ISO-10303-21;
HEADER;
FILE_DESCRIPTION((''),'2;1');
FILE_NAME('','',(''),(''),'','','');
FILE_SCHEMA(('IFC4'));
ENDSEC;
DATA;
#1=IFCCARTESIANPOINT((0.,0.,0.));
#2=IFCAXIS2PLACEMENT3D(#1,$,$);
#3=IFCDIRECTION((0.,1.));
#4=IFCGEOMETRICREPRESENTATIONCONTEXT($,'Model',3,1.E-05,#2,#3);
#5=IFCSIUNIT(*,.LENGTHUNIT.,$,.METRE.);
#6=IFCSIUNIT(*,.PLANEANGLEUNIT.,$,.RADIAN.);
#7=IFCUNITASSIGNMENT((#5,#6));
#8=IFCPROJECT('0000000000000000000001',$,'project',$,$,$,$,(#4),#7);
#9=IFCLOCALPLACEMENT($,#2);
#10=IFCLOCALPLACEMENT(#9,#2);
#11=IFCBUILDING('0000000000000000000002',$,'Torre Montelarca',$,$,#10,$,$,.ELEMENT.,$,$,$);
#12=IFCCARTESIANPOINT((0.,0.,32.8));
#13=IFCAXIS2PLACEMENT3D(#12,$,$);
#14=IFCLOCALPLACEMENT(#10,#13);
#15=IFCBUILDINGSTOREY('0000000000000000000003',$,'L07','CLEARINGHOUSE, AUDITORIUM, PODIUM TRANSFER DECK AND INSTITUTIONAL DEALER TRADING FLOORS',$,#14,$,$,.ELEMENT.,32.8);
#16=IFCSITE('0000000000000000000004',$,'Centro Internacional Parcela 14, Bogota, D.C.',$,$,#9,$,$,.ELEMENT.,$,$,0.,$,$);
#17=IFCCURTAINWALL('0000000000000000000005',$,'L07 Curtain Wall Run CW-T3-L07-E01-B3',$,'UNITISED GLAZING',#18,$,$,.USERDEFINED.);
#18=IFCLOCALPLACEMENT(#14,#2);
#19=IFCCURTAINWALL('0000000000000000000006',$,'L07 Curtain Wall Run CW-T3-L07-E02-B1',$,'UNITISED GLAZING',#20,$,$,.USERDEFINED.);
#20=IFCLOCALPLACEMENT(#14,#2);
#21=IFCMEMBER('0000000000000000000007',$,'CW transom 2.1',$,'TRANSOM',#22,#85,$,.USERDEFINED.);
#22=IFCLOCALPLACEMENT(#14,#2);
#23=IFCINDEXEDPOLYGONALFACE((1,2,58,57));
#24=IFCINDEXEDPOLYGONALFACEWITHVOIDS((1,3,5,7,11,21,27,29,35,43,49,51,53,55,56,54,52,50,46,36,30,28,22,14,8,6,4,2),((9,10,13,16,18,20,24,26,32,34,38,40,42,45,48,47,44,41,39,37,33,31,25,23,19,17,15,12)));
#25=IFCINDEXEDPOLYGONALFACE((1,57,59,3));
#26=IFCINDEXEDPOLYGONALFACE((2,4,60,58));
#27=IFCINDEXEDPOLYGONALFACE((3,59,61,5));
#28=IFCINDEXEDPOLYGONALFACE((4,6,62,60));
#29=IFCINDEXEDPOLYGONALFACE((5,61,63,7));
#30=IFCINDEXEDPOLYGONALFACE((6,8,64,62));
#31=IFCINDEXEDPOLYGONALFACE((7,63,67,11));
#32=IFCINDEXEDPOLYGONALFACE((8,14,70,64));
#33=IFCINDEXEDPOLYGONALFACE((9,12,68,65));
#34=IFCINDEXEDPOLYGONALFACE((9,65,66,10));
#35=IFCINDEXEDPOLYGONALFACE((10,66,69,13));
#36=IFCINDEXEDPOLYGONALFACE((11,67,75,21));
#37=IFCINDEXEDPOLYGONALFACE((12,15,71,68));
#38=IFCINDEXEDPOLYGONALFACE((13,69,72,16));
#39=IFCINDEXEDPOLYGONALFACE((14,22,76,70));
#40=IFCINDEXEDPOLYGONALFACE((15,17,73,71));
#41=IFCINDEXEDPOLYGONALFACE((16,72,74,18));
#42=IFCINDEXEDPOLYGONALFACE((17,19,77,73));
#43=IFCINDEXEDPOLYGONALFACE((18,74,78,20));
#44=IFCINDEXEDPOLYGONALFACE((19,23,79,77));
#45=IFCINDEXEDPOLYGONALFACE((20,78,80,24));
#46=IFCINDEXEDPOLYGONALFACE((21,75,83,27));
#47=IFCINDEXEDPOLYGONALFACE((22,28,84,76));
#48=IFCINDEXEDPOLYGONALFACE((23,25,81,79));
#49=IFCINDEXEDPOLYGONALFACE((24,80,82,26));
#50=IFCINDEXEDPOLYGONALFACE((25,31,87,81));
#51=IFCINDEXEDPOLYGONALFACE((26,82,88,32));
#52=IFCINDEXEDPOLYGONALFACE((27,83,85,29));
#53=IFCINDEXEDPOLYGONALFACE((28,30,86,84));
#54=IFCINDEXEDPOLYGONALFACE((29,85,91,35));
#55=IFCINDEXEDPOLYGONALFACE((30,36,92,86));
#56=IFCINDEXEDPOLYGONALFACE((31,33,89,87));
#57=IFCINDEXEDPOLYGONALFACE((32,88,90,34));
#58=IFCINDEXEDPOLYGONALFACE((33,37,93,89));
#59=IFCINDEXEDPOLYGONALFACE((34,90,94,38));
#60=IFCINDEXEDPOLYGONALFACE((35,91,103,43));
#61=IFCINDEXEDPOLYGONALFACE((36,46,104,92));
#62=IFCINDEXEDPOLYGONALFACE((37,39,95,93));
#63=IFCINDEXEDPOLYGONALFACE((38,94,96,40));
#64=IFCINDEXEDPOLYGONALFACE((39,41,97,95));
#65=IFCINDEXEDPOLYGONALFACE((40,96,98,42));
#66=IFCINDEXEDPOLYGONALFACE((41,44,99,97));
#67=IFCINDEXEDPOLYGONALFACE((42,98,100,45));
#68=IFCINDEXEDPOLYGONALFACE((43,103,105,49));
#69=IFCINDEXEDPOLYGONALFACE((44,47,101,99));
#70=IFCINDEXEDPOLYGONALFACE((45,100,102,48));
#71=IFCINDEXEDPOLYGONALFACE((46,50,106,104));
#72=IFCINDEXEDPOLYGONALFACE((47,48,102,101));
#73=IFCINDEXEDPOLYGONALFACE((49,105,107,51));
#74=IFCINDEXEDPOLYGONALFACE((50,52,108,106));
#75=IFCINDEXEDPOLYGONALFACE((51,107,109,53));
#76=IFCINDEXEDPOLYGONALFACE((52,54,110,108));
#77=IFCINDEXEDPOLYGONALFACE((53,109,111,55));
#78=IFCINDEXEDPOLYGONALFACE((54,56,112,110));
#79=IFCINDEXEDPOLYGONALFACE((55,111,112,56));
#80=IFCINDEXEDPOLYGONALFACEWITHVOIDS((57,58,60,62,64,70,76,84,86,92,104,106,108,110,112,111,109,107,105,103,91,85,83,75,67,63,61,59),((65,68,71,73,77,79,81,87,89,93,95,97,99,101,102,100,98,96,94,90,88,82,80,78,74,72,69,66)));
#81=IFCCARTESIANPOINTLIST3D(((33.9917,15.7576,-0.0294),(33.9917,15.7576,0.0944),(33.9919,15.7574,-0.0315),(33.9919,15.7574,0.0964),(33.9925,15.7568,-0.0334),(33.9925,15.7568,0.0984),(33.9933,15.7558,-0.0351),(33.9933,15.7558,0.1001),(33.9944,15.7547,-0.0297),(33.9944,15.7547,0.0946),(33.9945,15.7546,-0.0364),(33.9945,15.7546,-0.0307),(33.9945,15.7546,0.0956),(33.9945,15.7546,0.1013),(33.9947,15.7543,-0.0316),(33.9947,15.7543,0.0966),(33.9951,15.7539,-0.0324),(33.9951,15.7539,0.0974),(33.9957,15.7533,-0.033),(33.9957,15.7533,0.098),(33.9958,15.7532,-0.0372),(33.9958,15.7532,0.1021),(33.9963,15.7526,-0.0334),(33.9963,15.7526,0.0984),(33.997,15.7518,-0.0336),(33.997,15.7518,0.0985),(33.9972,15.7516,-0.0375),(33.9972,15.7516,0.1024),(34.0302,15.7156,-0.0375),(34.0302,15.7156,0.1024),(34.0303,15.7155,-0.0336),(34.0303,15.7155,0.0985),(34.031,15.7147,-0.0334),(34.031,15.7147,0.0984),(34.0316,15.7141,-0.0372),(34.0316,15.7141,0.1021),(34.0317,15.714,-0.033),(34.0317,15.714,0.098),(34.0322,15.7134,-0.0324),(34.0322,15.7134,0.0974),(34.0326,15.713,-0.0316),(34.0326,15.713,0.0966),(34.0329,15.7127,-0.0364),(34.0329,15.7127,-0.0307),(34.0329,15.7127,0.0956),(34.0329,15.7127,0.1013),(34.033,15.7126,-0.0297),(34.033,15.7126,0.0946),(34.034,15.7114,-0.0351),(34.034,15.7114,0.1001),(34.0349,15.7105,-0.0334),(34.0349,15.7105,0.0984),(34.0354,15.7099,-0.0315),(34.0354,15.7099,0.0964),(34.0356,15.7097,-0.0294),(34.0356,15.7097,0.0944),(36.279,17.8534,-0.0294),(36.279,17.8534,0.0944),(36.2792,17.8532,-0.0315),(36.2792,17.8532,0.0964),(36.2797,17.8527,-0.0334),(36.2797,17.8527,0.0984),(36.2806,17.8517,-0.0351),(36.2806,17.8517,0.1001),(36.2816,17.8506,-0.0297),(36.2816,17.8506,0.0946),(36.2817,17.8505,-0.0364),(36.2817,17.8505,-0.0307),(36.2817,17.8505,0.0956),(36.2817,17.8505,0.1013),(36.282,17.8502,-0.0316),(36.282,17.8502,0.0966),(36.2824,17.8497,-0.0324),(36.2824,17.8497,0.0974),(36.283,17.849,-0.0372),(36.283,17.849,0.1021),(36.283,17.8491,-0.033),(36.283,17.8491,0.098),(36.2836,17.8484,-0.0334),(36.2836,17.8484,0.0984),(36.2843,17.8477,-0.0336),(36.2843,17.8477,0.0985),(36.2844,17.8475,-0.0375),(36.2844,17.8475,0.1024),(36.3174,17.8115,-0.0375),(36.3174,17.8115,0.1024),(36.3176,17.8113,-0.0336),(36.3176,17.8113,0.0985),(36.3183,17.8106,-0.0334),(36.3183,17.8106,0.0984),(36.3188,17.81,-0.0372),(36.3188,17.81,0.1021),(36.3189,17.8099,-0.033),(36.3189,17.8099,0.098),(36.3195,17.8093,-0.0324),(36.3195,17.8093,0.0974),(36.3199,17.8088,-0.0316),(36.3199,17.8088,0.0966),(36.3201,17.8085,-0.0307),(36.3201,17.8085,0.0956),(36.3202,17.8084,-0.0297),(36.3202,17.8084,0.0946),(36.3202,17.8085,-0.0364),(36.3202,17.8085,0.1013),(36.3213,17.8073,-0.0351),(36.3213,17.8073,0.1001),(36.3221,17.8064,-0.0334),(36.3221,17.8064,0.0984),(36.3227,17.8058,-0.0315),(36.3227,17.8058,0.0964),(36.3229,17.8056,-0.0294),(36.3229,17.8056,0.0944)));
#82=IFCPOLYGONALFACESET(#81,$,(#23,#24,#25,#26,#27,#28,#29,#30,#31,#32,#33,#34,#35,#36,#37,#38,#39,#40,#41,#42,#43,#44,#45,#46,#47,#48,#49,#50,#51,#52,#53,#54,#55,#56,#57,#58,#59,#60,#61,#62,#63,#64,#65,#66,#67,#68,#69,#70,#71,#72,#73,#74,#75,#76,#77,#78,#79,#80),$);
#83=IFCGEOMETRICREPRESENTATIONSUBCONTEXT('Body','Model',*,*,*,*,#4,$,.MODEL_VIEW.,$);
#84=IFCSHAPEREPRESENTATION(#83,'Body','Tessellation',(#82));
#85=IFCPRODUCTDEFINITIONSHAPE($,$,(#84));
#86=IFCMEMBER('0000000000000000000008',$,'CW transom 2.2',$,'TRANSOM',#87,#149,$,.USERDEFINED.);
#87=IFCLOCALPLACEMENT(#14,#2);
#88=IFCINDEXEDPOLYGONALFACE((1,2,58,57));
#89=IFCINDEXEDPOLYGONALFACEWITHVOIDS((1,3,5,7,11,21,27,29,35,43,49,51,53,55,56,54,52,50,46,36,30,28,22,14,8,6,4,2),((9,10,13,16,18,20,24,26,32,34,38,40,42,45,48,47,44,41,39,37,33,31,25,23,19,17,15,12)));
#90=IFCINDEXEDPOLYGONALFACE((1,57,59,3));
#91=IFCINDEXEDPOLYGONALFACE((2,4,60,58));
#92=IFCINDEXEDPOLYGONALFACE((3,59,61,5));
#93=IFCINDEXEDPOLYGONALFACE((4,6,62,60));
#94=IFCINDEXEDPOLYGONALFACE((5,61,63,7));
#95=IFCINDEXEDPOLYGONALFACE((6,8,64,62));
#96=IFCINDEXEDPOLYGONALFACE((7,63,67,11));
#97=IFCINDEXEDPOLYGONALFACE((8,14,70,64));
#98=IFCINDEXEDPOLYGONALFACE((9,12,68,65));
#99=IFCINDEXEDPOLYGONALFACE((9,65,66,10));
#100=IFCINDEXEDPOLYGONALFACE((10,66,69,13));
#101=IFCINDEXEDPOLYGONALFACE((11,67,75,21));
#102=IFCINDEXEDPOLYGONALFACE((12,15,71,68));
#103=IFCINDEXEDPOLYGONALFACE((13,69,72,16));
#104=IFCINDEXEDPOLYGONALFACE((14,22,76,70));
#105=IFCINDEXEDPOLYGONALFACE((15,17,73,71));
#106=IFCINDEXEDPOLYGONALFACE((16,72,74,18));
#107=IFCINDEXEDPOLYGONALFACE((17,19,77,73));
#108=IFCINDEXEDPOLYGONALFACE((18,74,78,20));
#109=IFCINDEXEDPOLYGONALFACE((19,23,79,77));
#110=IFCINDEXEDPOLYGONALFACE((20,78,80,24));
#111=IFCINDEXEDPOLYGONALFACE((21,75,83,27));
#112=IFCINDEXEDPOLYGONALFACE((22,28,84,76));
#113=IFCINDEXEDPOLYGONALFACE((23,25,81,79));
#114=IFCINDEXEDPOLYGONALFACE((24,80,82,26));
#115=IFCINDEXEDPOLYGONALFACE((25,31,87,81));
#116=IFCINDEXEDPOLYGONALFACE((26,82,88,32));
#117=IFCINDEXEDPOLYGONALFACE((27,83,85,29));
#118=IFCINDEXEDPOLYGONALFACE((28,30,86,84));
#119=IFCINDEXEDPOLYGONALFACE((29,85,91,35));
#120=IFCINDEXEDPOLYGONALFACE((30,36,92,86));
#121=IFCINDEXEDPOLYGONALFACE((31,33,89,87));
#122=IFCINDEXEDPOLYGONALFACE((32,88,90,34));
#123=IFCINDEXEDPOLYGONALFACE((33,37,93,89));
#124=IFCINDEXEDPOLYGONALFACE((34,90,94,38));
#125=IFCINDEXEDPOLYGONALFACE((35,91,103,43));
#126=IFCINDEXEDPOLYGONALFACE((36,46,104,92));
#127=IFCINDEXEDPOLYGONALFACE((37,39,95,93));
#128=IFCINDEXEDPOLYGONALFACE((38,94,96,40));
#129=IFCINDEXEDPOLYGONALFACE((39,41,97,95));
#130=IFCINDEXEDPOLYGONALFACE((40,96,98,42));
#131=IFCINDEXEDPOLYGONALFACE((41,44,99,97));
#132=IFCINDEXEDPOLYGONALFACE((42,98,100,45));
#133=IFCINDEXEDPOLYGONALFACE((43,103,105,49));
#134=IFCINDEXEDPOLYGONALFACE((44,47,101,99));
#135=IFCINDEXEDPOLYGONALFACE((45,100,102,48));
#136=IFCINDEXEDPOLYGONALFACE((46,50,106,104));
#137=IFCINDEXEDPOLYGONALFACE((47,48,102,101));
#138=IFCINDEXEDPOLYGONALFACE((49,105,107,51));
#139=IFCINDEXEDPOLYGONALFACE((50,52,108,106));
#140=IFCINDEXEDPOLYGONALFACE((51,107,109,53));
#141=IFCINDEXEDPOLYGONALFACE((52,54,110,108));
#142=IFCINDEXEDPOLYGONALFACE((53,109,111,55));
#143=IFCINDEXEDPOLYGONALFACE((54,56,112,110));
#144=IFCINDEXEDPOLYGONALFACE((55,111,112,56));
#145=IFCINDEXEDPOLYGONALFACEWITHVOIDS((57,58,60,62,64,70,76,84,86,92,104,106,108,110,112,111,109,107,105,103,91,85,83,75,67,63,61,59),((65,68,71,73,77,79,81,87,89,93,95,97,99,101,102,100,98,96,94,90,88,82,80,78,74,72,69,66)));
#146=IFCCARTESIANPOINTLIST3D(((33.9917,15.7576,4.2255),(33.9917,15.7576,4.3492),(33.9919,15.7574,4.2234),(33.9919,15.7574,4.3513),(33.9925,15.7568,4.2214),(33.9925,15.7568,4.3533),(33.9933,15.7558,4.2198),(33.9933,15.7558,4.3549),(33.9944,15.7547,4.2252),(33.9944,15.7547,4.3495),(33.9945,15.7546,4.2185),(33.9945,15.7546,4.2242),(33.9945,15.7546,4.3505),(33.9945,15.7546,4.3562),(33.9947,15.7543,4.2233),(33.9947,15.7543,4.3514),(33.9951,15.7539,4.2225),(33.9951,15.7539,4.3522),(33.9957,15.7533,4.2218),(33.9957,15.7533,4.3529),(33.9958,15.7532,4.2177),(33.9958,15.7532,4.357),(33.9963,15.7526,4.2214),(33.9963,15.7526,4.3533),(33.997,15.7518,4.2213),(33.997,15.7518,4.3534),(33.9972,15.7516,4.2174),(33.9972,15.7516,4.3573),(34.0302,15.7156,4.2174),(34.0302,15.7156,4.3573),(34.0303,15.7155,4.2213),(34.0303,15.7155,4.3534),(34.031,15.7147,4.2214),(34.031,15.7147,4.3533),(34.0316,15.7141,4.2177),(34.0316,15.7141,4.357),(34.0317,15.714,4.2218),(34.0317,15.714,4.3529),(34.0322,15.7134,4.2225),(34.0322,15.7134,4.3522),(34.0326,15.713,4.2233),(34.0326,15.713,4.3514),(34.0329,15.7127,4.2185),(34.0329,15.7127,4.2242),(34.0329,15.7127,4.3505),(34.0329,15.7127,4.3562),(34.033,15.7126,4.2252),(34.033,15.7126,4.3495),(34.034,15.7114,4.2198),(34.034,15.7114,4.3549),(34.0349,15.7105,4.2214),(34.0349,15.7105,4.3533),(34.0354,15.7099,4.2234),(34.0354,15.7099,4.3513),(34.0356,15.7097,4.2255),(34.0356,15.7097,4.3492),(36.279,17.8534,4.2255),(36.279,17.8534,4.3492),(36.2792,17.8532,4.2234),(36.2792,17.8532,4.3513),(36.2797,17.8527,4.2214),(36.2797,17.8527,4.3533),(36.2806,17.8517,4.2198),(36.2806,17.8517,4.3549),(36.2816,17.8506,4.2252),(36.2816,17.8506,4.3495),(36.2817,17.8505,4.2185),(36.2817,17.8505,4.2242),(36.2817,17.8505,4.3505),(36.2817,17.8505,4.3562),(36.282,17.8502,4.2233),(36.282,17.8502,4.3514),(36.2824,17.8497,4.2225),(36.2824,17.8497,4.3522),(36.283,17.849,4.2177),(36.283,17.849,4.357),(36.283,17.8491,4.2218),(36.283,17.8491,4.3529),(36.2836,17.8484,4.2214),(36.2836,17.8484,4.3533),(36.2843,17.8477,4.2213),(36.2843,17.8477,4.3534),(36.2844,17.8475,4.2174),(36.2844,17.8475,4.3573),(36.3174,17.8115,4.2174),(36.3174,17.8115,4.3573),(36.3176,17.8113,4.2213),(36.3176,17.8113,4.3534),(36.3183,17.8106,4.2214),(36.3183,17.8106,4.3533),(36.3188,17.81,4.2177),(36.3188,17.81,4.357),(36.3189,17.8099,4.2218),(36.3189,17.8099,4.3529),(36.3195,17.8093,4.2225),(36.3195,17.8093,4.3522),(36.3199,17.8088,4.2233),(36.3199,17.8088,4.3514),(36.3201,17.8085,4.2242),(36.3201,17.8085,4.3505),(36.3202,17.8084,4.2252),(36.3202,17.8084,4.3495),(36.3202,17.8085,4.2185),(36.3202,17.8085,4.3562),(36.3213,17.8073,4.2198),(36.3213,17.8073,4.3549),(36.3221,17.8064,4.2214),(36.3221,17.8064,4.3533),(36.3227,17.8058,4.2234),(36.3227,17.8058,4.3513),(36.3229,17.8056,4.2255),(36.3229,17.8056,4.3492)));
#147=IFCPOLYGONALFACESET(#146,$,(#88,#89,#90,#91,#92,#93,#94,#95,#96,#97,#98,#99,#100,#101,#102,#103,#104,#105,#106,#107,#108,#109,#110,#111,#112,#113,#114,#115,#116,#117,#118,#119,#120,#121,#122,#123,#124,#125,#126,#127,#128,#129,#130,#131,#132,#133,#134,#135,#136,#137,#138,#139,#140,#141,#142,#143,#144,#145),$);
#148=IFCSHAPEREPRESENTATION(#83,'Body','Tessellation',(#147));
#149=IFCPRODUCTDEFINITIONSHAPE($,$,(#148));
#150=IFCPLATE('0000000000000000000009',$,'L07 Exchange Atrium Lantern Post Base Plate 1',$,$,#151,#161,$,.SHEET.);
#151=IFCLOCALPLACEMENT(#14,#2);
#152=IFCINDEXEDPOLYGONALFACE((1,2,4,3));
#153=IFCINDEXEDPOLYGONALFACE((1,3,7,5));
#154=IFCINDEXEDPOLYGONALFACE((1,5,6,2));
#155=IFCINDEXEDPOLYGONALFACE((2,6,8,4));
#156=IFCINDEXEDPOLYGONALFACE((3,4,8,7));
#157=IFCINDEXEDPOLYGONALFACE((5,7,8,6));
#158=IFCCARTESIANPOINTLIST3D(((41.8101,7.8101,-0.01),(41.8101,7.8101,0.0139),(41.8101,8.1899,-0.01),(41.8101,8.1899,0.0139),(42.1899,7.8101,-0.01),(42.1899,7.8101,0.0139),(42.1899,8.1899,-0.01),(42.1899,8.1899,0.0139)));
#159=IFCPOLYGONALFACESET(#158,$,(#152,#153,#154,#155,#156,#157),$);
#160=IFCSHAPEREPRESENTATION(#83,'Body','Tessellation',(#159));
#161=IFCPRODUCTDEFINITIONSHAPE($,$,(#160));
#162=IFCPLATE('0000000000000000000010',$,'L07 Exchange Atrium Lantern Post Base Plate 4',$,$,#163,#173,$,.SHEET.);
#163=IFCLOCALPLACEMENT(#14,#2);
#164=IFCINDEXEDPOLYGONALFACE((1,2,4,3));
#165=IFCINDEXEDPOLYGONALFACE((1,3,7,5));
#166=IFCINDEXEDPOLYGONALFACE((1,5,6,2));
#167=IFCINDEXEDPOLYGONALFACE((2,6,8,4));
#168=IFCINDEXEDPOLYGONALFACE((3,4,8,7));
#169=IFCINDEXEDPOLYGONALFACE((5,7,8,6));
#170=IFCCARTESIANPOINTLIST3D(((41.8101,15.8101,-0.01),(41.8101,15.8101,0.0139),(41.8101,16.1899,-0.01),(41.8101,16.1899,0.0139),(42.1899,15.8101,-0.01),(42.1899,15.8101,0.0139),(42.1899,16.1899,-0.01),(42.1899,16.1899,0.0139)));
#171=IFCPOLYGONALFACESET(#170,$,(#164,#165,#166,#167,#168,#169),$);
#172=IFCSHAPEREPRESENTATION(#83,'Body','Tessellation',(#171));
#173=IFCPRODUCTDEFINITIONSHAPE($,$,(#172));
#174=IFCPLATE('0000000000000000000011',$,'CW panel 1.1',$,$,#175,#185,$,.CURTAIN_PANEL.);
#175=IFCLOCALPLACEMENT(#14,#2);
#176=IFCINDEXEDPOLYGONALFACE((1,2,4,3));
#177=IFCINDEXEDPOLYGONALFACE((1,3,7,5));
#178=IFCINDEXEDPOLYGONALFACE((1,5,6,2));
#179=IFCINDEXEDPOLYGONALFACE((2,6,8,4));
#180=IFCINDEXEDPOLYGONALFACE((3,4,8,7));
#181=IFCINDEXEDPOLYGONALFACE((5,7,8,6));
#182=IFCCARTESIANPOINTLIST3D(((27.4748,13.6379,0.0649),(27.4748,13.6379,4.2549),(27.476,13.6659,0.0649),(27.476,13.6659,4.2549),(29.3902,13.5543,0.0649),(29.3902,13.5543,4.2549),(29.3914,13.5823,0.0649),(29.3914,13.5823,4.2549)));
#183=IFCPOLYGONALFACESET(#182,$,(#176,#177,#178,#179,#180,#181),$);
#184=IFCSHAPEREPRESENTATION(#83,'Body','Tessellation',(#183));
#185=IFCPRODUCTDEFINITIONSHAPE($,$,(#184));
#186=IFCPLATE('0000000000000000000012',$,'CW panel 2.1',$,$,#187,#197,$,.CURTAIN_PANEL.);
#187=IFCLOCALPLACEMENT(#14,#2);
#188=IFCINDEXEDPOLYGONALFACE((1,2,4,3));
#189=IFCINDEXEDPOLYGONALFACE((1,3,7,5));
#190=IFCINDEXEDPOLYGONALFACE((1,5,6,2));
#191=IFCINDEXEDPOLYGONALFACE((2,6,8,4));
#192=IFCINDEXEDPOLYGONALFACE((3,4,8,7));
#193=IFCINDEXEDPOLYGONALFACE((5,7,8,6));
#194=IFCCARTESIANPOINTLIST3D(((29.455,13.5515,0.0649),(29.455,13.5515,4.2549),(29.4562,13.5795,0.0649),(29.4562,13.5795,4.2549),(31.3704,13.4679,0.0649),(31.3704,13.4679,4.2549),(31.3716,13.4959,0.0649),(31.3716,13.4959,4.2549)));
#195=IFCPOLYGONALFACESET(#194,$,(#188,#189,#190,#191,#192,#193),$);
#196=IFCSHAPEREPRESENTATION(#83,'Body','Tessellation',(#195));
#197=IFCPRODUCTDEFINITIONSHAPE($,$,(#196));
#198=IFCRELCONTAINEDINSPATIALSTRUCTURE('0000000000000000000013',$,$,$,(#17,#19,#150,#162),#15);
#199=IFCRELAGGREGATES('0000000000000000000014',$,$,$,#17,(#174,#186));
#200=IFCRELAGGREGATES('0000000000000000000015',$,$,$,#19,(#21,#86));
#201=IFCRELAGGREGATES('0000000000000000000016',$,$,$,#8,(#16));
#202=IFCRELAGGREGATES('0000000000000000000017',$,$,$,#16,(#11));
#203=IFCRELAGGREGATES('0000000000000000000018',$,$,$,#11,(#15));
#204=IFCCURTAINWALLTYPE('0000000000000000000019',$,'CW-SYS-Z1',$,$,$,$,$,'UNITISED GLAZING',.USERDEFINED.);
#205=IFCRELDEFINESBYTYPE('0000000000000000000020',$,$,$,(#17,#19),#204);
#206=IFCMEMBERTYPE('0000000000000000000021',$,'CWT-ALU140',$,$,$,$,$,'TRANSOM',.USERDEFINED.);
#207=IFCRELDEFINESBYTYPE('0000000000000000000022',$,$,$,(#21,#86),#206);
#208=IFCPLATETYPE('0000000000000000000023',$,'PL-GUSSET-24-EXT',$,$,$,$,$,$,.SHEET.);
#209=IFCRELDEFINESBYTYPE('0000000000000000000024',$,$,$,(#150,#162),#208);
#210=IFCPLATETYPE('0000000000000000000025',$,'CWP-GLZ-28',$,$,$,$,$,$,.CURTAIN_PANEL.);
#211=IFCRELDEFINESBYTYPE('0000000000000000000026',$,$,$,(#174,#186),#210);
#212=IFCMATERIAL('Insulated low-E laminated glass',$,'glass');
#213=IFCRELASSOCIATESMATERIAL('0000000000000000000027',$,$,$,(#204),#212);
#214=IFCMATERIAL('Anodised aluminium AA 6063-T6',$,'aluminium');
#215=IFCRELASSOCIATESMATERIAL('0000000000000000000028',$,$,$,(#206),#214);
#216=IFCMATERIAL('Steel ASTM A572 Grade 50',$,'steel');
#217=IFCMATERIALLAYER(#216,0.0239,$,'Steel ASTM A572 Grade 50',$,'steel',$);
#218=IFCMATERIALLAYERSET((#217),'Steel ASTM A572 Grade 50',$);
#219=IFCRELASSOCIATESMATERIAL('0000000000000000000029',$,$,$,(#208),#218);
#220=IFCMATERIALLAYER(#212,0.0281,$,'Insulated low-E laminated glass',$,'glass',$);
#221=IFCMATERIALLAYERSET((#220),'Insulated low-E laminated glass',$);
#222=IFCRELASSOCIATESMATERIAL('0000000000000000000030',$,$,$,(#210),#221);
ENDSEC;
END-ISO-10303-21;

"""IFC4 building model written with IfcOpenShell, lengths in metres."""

from ifc_helpers import new_model, si_unit, direction, frame, origin, origin_2d, place, context, subcontext, project, spatial, rectangle, hollow_rectangle, extrude, source, transform, mapped, material, layer, layer_set, material_profile, profile_set, type_object, element, aggregate, save


model = new_model("IFC4")

# Units and contexts
model_context = context("Model", 3, precision=1e-05, world=origin(), true_north=direction((0.0, 1.0)))
body_context = subcontext(model_context, "Body", "Model", "MODEL_VIEW")
ifc_project = project(units=[si_unit("LENGTHUNIT", "METRE"), si_unit("PLANEANGLEUNIT", "RADIAN")], contexts=[model_context])

# Site, building, storey
site_placement = place(None, origin())
site = spatial("IfcSite", under=ifc_project, at=site_placement, Name="Centro Internacional Parcela 14, Bogota, D.C.", CompositionType="ELEMENT", RefElevation=0.0)
building_placement = place(site_placement, origin())
building = spatial("IfcBuilding", under=site, at=building_placement, Name="Torre Montelarca", CompositionType="ELEMENT")
storey_placement = place(building_placement, frame((0.0, 0.0, 32.8)))
storey = spatial("IfcBuildingStorey", under=building, at=storey_placement, Name="L07", Description="CLEARINGHOUSE, AUDITORIUM, PODIUM TRANSFER DECK AND INSTITUTIONAL DEALER TRADING FLOORS", CompositionType="ELEMENT", Elevation=32.8)

# Curtain walls
ifc_material_1 = material(Name="Insulated low-E laminated glass", Category="glass")
curtain_wall_type = type_object("IfcCurtainWallType", Name="CW-SYS-Z1", ElementType="UNITISED GLAZING", PredefinedType="USERDEFINED", material=ifc_material_1)
curtain_wall_1_placement = place(storey_placement, origin())
curtain_wall_1 = element("IfcCurtainWall", 1, at=curtain_wall_1_placement, inside=storey, type_object=curtain_wall_type, Name="L07 Curtain Wall Run CW-T3-L07-E01-B3", ObjectType="UNITISED GLAZING", PredefinedType="USERDEFINED")
ifc_material_2 = material(Name="Anodised aluminium AA 6063-T6", Category="aluminium")
curtain_wall_2_placement = place(storey_placement, origin())
curtain_wall_2 = element("IfcCurtainWall", 2, at=curtain_wall_2_placement, inside=storey, type_object=curtain_wall_type, Name="L07 Curtain Wall Run CW-T3-L07-E02-B1", ObjectType="UNITISED GLAZING", PredefinedType="USERDEFINED")

# Members
ifc_material_profile_1 = material_profile(ifc_material_2, hollow_rectangle(XDim=0.0649, YDim=0.1399, WallThickness=0.0039, InnerFilletRadius=0.0039, OuterFilletRadius=0.0081, at=origin_2d()), Name="ALU65X140X4", Category="aluminium")
ifc_profile_set_1 = profile_set([ifc_material_profile_1], Name="Anodised aluminium AA 6063-T6")
member_type_1 = type_object("IfcMemberType", Name="CWT-ALU140", ElementType="TRANSOM", PredefinedType="USERDEFINED", material=ifc_profile_set_1)
shared_shape_1 = source(origin(), body_context, "Body", "SweptSolid", [
    extrude(hollow_rectangle(XDim=0.0649, YDim=0.1399, WallThickness=0.0039, InnerFilletRadius=0.0039, OuterFilletRadius=0.0081, at=origin_2d()), origin(), (0.0, 0.0, 1.0), 3.1023),
])
member_1_placement = place(storey_placement, frame((34.0137, 15.7336, 0.0325), z_axis=(0.737282, 0.675586, 0.0), x_axis=(-0.675586, 0.737282, 0.0)))
member_1 = element("IfcMember", 3, at=member_1_placement, type_object=member_type_1, Name="CW transom 2.1", ObjectType="TRANSOM", PredefinedType="USERDEFINED", context=body_context, shape_type="MappedRepresentation", body=[
    mapped(shared_shape_1, transform((0.0, 0.0, 0.0), scale=1.0)),
])
member_2_placement = place(storey_placement, frame((34.0137, 15.7336, 4.2874), z_axis=(0.737282, 0.675586, 0.0), x_axis=(-0.675586, 0.737282, 0.0)))
member_2 = element("IfcMember", 4, at=member_2_placement, type_object=member_type_1, Name="CW transom 2.2", ObjectType="TRANSOM", PredefinedType="USERDEFINED", context=body_context, shape_type="MappedRepresentation", body=[
    mapped(shared_shape_1, transform((0.0, 0.0, 0.0), scale=1.0)),
])

# Plates
ifc_material_3 = material(Name="Steel ASTM A572 Grade 50", Category="steel")
ifc_layer_1 = layer(ifc_material_3, 0.0239, Name="Steel ASTM A572 Grade 50", Category="steel")
ifc_layer_set_1 = layer_set([ifc_layer_1], Name="Steel ASTM A572 Grade 50")
plate_type_1 = type_object("IfcPlateType", Name="PL-GUSSET-24-EXT", PredefinedType="SHEET", material=ifc_layer_set_1)
shared_shape_2 = source(origin(), body_context, "Body", "SweptSolid", [
    extrude(rectangle(XDim=0.3799, YDim=0.3799, at=origin_2d()), origin(), (0.0, 0.0, 1.0), 0.0239),
])
for number, where, z_axis, x_axis, name in (
    (5, (42.0, 8.0, -0.01), (0.0, 0.0, 1.0), (1.0, 0.0, 0.0), "L07 Exchange Atrium Lantern Post Base Plate 1"),
    (6, (42.0, 16.0, -0.01), (0.0, 0.0, 1.0), (1.0, 0.0, 0.0), "L07 Exchange Atrium Lantern Post Base Plate 4"),
):
    element("IfcPlate", number, at=place(storey_placement, frame(where, z_axis=z_axis, x_axis=x_axis)), inside=storey, type_object=plate_type_1, Name=name, PredefinedType="SHEET", context=body_context, shape_type="MappedRepresentation", body=[
        mapped(shared_shape_2, transform((0.0, 0.0, 0.0), scale=1.0)),
    ])

# Plates
ifc_layer_2 = layer(ifc_material_1, 0.0281, Name="Insulated low-E laminated glass", Category="glass")
ifc_layer_set_2 = layer_set([ifc_layer_2], Name="Insulated low-E laminated glass")
plate_type_2 = type_object("IfcPlateType", Name="CWP-GLZ-28", PredefinedType="CURTAIN_PANEL", material=ifc_layer_set_2)
shared_shape_3 = source(origin(), body_context, "Body", "SweptSolid", [
    extrude(rectangle(XDim=1.9172, YDim=0.0281, at=origin_2d()), origin(), (0.0, 0.0, 1.0), 4.1899),
])
plate_1_placement = place(storey_placement, frame((28.4331, 13.6101, 0.0649), z_axis=(0.0, 0.0, 1.0), x_axis=(0.999049, -0.043606, 0.0)))
plate_1 = element("IfcPlate", 7, at=plate_1_placement, type_object=plate_type_2, Name="CW panel 1.1", PredefinedType="CURTAIN_PANEL", context=body_context, shape_type="MappedRepresentation", body=[
    mapped(shared_shape_3, transform((0.0, 0.0, 0.0), scale=1.0)),
])
plate_2_placement = place(storey_placement, frame((30.4133, 13.5237, 0.0649), z_axis=(0.0, 0.0, 1.0), x_axis=(0.999049, -0.043606, 0.0)))
plate_2 = element("IfcPlate", 8, at=plate_2_placement, type_object=plate_type_2, Name="CW panel 2.1", PredefinedType="CURTAIN_PANEL", context=body_context, shape_type="MappedRepresentation", body=[
    mapped(shared_shape_3, transform((0.0, 0.0, 0.0), scale=1.0)),
])
aggregate(curtain_wall_1, [plate_1, plate_2])
aggregate(curtain_wall_2, [member_1, member_2])

save(model, "model.ifc")
